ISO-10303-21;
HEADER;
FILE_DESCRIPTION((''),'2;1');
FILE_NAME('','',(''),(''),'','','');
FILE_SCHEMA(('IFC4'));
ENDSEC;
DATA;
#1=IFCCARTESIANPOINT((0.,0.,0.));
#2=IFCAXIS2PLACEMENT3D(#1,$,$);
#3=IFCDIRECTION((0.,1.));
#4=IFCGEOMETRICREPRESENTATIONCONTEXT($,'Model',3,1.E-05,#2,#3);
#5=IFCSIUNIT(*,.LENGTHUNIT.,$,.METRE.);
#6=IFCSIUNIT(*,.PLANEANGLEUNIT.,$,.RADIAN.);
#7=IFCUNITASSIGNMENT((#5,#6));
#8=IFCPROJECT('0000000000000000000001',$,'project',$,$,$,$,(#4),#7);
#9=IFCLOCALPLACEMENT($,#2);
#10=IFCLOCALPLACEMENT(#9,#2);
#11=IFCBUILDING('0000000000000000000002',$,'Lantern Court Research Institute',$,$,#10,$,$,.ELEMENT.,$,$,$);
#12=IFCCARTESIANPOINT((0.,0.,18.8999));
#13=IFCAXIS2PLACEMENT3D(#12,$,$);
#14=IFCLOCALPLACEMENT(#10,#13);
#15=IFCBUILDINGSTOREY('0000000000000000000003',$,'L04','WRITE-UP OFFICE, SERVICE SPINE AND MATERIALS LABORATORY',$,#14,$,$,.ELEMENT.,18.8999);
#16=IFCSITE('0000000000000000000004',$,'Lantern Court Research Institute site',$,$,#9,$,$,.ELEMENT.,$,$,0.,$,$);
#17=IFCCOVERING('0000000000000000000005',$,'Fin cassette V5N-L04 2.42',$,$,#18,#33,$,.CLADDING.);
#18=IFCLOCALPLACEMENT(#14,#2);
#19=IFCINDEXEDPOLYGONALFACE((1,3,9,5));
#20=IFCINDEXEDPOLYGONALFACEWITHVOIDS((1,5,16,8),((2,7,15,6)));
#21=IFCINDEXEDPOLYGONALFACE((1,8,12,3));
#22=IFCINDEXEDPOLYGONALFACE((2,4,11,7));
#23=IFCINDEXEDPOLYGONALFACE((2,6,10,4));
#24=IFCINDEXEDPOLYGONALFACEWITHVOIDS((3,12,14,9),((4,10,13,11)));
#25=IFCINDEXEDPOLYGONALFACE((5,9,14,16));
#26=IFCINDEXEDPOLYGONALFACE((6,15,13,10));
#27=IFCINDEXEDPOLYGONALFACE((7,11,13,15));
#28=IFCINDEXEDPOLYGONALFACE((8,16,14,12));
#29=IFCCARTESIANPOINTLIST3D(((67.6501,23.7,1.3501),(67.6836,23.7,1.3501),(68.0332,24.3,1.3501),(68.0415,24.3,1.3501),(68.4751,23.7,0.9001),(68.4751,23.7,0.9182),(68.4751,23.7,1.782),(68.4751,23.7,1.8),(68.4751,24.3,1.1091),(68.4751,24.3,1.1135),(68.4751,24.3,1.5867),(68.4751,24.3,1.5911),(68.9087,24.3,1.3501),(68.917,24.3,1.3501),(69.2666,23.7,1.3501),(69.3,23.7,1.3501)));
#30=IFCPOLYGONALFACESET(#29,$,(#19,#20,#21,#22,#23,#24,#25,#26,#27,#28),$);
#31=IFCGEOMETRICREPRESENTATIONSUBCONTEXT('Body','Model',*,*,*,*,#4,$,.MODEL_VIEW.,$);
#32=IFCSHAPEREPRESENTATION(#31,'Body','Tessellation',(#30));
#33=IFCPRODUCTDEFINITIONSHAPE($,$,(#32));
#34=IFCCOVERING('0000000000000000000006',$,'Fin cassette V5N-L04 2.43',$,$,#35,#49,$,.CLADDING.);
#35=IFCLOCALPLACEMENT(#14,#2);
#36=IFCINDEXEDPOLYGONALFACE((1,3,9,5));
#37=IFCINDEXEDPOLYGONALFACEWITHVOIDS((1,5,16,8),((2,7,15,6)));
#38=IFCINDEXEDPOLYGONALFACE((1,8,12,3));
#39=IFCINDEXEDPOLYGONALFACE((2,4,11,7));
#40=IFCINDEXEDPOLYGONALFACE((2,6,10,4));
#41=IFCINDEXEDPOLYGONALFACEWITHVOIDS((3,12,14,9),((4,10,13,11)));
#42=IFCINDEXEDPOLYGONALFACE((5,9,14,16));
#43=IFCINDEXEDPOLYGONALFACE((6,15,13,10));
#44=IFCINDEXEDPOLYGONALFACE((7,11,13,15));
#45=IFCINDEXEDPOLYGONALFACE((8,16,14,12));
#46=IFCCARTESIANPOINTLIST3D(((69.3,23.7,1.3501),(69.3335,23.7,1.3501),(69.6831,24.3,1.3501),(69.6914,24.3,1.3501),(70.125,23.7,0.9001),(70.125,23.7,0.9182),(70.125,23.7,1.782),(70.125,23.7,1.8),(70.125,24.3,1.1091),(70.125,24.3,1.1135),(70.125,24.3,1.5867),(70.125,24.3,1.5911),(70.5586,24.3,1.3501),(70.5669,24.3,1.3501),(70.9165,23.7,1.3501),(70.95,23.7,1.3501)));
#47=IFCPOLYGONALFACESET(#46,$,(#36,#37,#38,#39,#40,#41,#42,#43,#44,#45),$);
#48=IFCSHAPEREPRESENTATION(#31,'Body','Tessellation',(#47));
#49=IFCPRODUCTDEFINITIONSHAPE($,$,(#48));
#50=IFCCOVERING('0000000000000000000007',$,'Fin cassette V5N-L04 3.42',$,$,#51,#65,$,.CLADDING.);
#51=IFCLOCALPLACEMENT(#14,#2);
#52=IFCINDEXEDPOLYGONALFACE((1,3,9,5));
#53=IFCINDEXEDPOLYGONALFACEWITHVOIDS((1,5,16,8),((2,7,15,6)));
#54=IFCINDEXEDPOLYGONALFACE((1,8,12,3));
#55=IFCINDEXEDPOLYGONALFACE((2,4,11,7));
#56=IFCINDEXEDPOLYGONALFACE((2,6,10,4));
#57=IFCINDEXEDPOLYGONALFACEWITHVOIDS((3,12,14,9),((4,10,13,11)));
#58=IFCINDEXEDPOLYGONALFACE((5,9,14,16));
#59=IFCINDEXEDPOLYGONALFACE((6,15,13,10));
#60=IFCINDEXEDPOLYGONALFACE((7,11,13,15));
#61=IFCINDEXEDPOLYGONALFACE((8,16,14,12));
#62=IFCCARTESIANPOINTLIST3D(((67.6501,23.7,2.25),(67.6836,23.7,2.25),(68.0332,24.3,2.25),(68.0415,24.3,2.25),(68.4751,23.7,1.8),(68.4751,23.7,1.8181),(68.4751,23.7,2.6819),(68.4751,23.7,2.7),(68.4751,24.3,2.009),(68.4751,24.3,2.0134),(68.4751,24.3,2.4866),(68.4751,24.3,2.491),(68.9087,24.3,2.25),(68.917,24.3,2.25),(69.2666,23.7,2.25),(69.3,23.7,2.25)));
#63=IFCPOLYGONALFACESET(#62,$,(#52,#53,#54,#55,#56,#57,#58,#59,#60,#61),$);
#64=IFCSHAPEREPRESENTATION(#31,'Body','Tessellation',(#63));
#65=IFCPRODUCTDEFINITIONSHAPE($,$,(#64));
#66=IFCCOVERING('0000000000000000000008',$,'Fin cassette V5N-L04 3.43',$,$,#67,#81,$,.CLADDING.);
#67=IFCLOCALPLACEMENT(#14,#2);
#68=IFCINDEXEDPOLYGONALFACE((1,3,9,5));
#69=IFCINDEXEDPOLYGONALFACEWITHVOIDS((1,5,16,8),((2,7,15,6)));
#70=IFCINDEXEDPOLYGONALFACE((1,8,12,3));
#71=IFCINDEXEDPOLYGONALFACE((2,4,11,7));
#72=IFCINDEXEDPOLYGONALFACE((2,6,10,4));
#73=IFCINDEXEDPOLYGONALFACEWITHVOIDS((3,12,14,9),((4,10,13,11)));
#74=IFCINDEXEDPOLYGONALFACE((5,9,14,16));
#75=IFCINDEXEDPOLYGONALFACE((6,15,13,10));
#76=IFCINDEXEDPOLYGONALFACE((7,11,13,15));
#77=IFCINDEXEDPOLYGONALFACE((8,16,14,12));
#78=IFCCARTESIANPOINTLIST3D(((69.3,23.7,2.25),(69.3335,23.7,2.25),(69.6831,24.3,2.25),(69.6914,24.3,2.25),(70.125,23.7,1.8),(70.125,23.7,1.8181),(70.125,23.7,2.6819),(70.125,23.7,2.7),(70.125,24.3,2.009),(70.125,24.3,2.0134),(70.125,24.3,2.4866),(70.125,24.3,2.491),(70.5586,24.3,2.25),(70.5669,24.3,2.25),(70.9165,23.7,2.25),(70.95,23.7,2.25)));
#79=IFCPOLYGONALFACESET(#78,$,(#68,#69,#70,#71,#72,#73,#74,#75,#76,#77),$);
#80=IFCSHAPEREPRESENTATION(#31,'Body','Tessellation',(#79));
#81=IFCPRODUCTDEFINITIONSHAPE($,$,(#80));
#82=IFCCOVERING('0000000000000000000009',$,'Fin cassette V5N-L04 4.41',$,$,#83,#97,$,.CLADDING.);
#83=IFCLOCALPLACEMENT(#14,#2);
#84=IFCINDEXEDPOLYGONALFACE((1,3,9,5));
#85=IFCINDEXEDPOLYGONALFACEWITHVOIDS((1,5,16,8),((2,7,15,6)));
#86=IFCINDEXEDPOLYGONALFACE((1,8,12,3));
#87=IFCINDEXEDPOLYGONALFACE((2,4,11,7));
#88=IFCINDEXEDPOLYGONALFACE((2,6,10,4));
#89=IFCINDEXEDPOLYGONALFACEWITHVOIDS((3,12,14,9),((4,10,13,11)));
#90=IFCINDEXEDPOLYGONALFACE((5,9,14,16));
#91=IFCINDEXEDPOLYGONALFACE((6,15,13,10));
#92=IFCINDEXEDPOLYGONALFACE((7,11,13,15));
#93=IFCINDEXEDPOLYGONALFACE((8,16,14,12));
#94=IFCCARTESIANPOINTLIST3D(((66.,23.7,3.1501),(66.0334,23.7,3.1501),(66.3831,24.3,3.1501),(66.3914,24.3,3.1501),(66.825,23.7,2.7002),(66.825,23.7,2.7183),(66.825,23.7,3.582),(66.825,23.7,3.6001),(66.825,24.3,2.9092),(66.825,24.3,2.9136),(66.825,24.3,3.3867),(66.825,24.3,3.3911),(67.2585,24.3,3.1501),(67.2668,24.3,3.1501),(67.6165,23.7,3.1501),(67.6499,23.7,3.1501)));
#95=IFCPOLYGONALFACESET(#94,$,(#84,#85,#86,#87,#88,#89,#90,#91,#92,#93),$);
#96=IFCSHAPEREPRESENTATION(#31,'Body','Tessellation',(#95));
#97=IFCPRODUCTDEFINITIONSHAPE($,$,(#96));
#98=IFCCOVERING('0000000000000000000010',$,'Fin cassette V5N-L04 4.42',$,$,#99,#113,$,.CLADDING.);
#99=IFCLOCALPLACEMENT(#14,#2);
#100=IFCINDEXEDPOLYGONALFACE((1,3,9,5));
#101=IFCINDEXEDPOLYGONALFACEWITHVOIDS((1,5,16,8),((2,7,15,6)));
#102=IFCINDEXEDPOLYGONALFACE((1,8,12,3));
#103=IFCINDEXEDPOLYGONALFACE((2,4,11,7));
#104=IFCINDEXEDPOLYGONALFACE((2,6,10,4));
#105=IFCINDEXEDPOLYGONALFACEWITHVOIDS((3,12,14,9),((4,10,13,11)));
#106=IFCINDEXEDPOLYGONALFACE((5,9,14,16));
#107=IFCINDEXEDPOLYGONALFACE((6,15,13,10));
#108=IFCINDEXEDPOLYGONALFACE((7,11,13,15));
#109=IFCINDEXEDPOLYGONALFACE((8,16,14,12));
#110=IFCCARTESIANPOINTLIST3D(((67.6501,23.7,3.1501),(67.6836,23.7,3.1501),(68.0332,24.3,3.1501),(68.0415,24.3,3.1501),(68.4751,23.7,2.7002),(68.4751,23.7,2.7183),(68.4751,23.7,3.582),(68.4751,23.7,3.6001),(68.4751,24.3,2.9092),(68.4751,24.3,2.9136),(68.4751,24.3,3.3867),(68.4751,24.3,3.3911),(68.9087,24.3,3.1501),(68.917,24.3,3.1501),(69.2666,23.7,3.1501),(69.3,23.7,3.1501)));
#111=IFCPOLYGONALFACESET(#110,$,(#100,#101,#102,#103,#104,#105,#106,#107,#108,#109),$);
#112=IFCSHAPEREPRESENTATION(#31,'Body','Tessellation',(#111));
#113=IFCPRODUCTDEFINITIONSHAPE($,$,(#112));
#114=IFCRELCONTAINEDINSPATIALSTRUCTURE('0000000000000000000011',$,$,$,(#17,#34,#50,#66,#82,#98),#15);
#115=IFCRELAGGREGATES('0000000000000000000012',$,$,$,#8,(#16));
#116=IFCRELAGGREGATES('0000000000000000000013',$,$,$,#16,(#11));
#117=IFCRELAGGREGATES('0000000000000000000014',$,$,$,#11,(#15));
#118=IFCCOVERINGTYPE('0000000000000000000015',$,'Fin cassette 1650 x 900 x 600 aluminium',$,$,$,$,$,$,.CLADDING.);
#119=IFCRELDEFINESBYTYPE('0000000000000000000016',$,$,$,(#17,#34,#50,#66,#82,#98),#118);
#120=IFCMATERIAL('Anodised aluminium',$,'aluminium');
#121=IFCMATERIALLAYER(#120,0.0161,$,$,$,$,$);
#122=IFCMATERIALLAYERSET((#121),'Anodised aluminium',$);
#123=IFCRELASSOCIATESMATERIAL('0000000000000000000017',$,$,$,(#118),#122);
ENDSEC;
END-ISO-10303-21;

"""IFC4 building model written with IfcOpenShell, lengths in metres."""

from ifc_helpers import new_model, entity, si_unit, direction, frame, origin, place, context, subcontext, project, spatial, material, layer, layer_set, type_object, element, save


model = new_model("IFC4")

# Units and contexts
model_context = context("Model", 3, precision=1e-05, world=origin(), true_north=direction((0.0, 1.0)))
body_context = subcontext(model_context, "Body", "Model", "MODEL_VIEW")
ifc_project = project(units=[si_unit("LENGTHUNIT", "METRE"), si_unit("PLANEANGLEUNIT", "RADIAN")], contexts=[model_context])

# Site, building, storey
site_placement = place(None, origin())
site = spatial("IfcSite", under=ifc_project, at=site_placement, Name="Lantern Court Research Institute site", CompositionType="ELEMENT", RefElevation=0.0)
building_placement = place(site_placement, origin())
building = spatial("IfcBuilding", under=site, at=building_placement, Name="Lantern Court Research Institute", CompositionType="ELEMENT")
storey_placement = place(building_placement, frame((0.0, 0.0, 18.8999)))
storey = spatial("IfcBuildingStorey", under=building, at=storey_placement, Name="L04", Description="WRITE-UP OFFICE, SERVICE SPINE AND MATERIALS LABORATORY", CompositionType="ELEMENT", Elevation=18.8999)

# Coverings
ifc_material_1 = material(Name="Anodised aluminium", Category="aluminium")
ifc_layer_1 = layer(ifc_material_1, 0.0161)
ifc_layer_set_1 = layer_set([ifc_layer_1], Name="Anodised aluminium")
covering_type_1 = type_object("IfcCoveringType", Name="Fin cassette 1650 x 900 x 600 aluminium", PredefinedType="CLADDING", material=ifc_layer_set_1)
covering_1_placement = place(storey_placement, frame((68.4751, 23.7, 1.3501), z_axis=(0.0, 1.0, 0.0), x_axis=(-1.0, 0.0, 0.0)))
cartesian_point_1 = entity("IfcCartesianPoint", [0.825, 0.0])
cartesian_point_2 = entity("IfcCartesianPoint", [0.7915, 0.0])
cartesian_point_3 = entity("IfcCartesianPoint", [0.4419, 0.0])
cartesian_point_4 = entity("IfcCartesianPoint", [0.4336, 0.0])
element("IfcCovering", 1, at=covering_1_placement, inside=storey, type_object=covering_type_1, Name="Fin cassette V5N-L04 2.42", PredefinedType="CLADDING", context=body_context, shape_type="SweptSolid", body=[
    entity("IfcExtrudedAreaSolidTapered", entity("IfcArbitraryProfileDefWithVoids", "AREA", None, entity("IfcPolyline", [cartesian_point_1, entity("IfcCartesianPoint", [0.0, 0.45]), entity("IfcCartesianPoint", [-0.825, 0.0]), entity("IfcCartesianPoint", [0.0, -0.45]), cartesian_point_1]), [entity("IfcPolyline", [cartesian_point_2, entity("IfcCartesianPoint", [0.0, 0.4319]), entity("IfcCartesianPoint", [-0.7915, 0.0]), entity("IfcCartesianPoint", [0.0, -0.4319]), cartesian_point_2])]), entity("IfcAxis2Placement3D", entity("IfcCartesianPoint", [0.0, 0.0, 0.0])), entity("IfcDirection", [0.0, 0.0, 1.0]), 0.6001, entity("IfcArbitraryProfileDefWithVoids", "AREA", None, entity("IfcPolyline", [cartesian_point_3, entity("IfcCartesianPoint", [0.0, 0.241]), entity("IfcCartesianPoint", [-0.4419, 0.0]), entity("IfcCartesianPoint", [0.0, -0.241]), cartesian_point_3]), [entity("IfcPolyline", [cartesian_point_4, entity("IfcCartesianPoint", [0.0, 0.2366]), entity("IfcCartesianPoint", [-0.4336, 0.0]), entity("IfcCartesianPoint", [0.0, -0.2366]), cartesian_point_4])])),
])
covering_2_placement = place(storey_placement, frame((70.125, 23.7, 1.3501), z_axis=(0.0, 1.0, 0.0), x_axis=(-1.0, 0.0, 0.0)))
cartesian_point_5 = entity("IfcCartesianPoint", [0.825, 0.0])
cartesian_point_6 = entity("IfcCartesianPoint", [0.7915, 0.0])
cartesian_point_7 = entity("IfcCartesianPoint", [0.4419, 0.0])
cartesian_point_8 = entity("IfcCartesianPoint", [0.4336, 0.0])
element("IfcCovering", 2, at=covering_2_placement, inside=storey, type_object=covering_type_1, Name="Fin cassette V5N-L04 2.43", PredefinedType="CLADDING", context=body_context, shape_type="SweptSolid", body=[
    entity("IfcExtrudedAreaSolidTapered", entity("IfcArbitraryProfileDefWithVoids", "AREA", None, entity("IfcPolyline", [cartesian_point_5, entity("IfcCartesianPoint", [0.0, 0.45]), entity("IfcCartesianPoint", [-0.825, 0.0]), entity("IfcCartesianPoint", [0.0, -0.45]), cartesian_point_5]), [entity("IfcPolyline", [cartesian_point_6, entity("IfcCartesianPoint", [0.0, 0.4319]), entity("IfcCartesianPoint", [-0.7915, 0.0]), entity("IfcCartesianPoint", [0.0, -0.4319]), cartesian_point_6])]), entity("IfcAxis2Placement3D", entity("IfcCartesianPoint", [0.0, 0.0, 0.0])), entity("IfcDirection", [0.0, 0.0, 1.0]), 0.6001, entity("IfcArbitraryProfileDefWithVoids", "AREA", None, entity("IfcPolyline", [cartesian_point_7, entity("IfcCartesianPoint", [0.0, 0.241]), entity("IfcCartesianPoint", [-0.4419, 0.0]), entity("IfcCartesianPoint", [0.0, -0.241]), cartesian_point_7]), [entity("IfcPolyline", [cartesian_point_8, entity("IfcCartesianPoint", [0.0, 0.2366]), entity("IfcCartesianPoint", [-0.4336, 0.0]), entity("IfcCartesianPoint", [0.0, -0.2366]), cartesian_point_8])])),
])
covering_3_placement = place(storey_placement, frame((68.4751, 23.7, 2.25), z_axis=(0.0, 1.0, 0.0), x_axis=(-1.0, 0.0, 0.0)))
cartesian_point_9 = entity("IfcCartesianPoint", [0.825, 0.0])
cartesian_point_10 = entity("IfcCartesianPoint", [0.7915, 0.0])
cartesian_point_11 = entity("IfcCartesianPoint", [0.4419, 0.0])
cartesian_point_12 = entity("IfcCartesianPoint", [0.4336, 0.0])
element("IfcCovering", 3, at=covering_3_placement, inside=storey, type_object=covering_type_1, Name="Fin cassette V5N-L04 3.42", PredefinedType="CLADDING", context=body_context, shape_type="SweptSolid", body=[
    entity("IfcExtrudedAreaSolidTapered", entity("IfcArbitraryProfileDefWithVoids", "AREA", None, entity("IfcPolyline", [cartesian_point_9, entity("IfcCartesianPoint", [0.0, 0.45]), entity("IfcCartesianPoint", [-0.825, 0.0]), entity("IfcCartesianPoint", [0.0, -0.45]), cartesian_point_9]), [entity("IfcPolyline", [cartesian_point_10, entity("IfcCartesianPoint", [0.0, 0.4319]), entity("IfcCartesianPoint", [-0.7915, 0.0]), entity("IfcCartesianPoint", [0.0, -0.4319]), cartesian_point_10])]), entity("IfcAxis2Placement3D", entity("IfcCartesianPoint", [0.0, 0.0, 0.0])), entity("IfcDirection", [0.0, 0.0, 1.0]), 0.6001, entity("IfcArbitraryProfileDefWithVoids", "AREA", None, entity("IfcPolyline", [cartesian_point_11, entity("IfcCartesianPoint", [0.0, 0.241]), entity("IfcCartesianPoint", [-0.4419, 0.0]), entity("IfcCartesianPoint", [0.0, -0.241]), cartesian_point_11]), [entity("IfcPolyline", [cartesian_point_12, entity("IfcCartesianPoint", [0.0, 0.2366]), entity("IfcCartesianPoint", [-0.4336, 0.0]), entity("IfcCartesianPoint", [0.0, -0.2366]), cartesian_point_12])])),
])
covering_4_placement = place(storey_placement, frame((70.125, 23.7, 2.25), z_axis=(0.0, 1.0, 0.0), x_axis=(-1.0, 0.0, 0.0)))
cartesian_point_13 = entity("IfcCartesianPoint", [0.825, 0.0])
cartesian_point_14 = entity("IfcCartesianPoint", [0.7915, 0.0])
cartesian_point_15 = entity("IfcCartesianPoint", [0.4419, 0.0])
cartesian_point_16 = entity("IfcCartesianPoint", [0.4336, 0.0])
element("IfcCovering", 4, at=covering_4_placement, inside=storey, type_object=covering_type_1, Name="Fin cassette V5N-L04 3.43", PredefinedType="CLADDING", context=body_context, shape_type="SweptSolid", body=[
    entity("IfcExtrudedAreaSolidTapered", entity("IfcArbitraryProfileDefWithVoids", "AREA", None, entity("IfcPolyline", [cartesian_point_13, entity("IfcCartesianPoint", [0.0, 0.45]), entity("IfcCartesianPoint", [-0.825, 0.0]), entity("IfcCartesianPoint", [0.0, -0.45]), cartesian_point_13]), [entity("IfcPolyline", [cartesian_point_14, entity("IfcCartesianPoint", [0.0, 0.4319]), entity("IfcCartesianPoint", [-0.7915, 0.0]), entity("IfcCartesianPoint", [0.0, -0.4319]), cartesian_point_14])]), entity("IfcAxis2Placement3D", entity("IfcCartesianPoint", [0.0, 0.0, 0.0])), entity("IfcDirection", [0.0, 0.0, 1.0]), 0.6001, entity("IfcArbitraryProfileDefWithVoids", "AREA", None, entity("IfcPolyline", [cartesian_point_15, entity("IfcCartesianPoint", [0.0, 0.241]), entity("IfcCartesianPoint", [-0.4419, 0.0]), entity("IfcCartesianPoint", [0.0, -0.241]), cartesian_point_15]), [entity("IfcPolyline", [cartesian_point_16, entity("IfcCartesianPoint", [0.0, 0.2366]), entity("IfcCartesianPoint", [-0.4336, 0.0]), entity("IfcCartesianPoint", [0.0, -0.2366]), cartesian_point_16])])),
])
covering_5_placement = place(storey_placement, frame((66.825, 23.7, 3.1501), z_axis=(0.0, 1.0, 0.0), x_axis=(-1.0, 0.0, 0.0)))
cartesian_point_17 = entity("IfcCartesianPoint", [0.825, 0.0])
cartesian_point_18 = entity("IfcCartesianPoint", [0.7915, 0.0])
cartesian_point_19 = entity("IfcCartesianPoint", [0.4419, 0.0])
cartesian_point_20 = entity("IfcCartesianPoint", [0.4336, 0.0])
element("IfcCovering", 5, at=covering_5_placement, inside=storey, type_object=covering_type_1, Name="Fin cassette V5N-L04 4.41", PredefinedType="CLADDING", context=body_context, shape_type="SweptSolid", body=[
    entity("IfcExtrudedAreaSolidTapered", entity("IfcArbitraryProfileDefWithVoids", "AREA", None, entity("IfcPolyline", [cartesian_point_17, entity("IfcCartesianPoint", [0.0, 0.45]), entity("IfcCartesianPoint", [-0.825, 0.0]), entity("IfcCartesianPoint", [0.0, -0.45]), cartesian_point_17]), [entity("IfcPolyline", [cartesian_point_18, entity("IfcCartesianPoint", [0.0, 0.4319]), entity("IfcCartesianPoint", [-0.7915, 0.0]), entity("IfcCartesianPoint", [0.0, -0.4319]), cartesian_point_18])]), entity("IfcAxis2Placement3D", entity("IfcCartesianPoint", [0.0, 0.0, 0.0])), entity("IfcDirection", [0.0, 0.0, 1.0]), 0.6001, entity("IfcArbitraryProfileDefWithVoids", "AREA", None, entity("IfcPolyline", [cartesian_point_19, entity("IfcCartesianPoint", [0.0, 0.241]), entity("IfcCartesianPoint", [-0.4419, 0.0]), entity("IfcCartesianPoint", [0.0, -0.241]), cartesian_point_19]), [entity("IfcPolyline", [cartesian_point_20, entity("IfcCartesianPoint", [0.0, 0.2366]), entity("IfcCartesianPoint", [-0.4336, 0.0]), entity("IfcCartesianPoint", [0.0, -0.2366]), cartesian_point_20])])),
])
covering_6_placement = place(storey_placement, frame((68.4751, 23.7, 3.1501), z_axis=(0.0, 1.0, 0.0), x_axis=(-1.0, 0.0, 0.0)))
cartesian_point_21 = entity("IfcCartesianPoint", [0.825, 0.0])
cartesian_point_22 = entity("IfcCartesianPoint", [0.7915, 0.0])
cartesian_point_23 = entity("IfcCartesianPoint", [0.4419, 0.0])
cartesian_point_24 = entity("IfcCartesianPoint", [0.4336, 0.0])
element("IfcCovering", 6, at=covering_6_placement, inside=storey, type_object=covering_type_1, Name="Fin cassette V5N-L04 4.42", PredefinedType="CLADDING", context=body_context, shape_type="SweptSolid", body=[
    entity("IfcExtrudedAreaSolidTapered", entity("IfcArbitraryProfileDefWithVoids", "AREA", None, entity("IfcPolyline", [cartesian_point_21, entity("IfcCartesianPoint", [0.0, 0.45]), entity("IfcCartesianPoint", [-0.825, 0.0]), entity("IfcCartesianPoint", [0.0, -0.45]), cartesian_point_21]), [entity("IfcPolyline", [cartesian_point_22, entity("IfcCartesianPoint", [0.0, 0.4319]), entity("IfcCartesianPoint", [-0.7915, 0.0]), entity("IfcCartesianPoint", [0.0, -0.4319]), cartesian_point_22])]), entity("IfcAxis2Placement3D", entity("IfcCartesianPoint", [0.0, 0.0, 0.0])), entity("IfcDirection", [0.0, 0.0, 1.0]), 0.6001, entity("IfcArbitraryProfileDefWithVoids", "AREA", None, entity("IfcPolyline", [cartesian_point_23, entity("IfcCartesianPoint", [0.0, 0.241]), entity("IfcCartesianPoint", [-0.4419, 0.0]), entity("IfcCartesianPoint", [0.0, -0.241]), cartesian_point_23]), [entity("IfcPolyline", [cartesian_point_24, entity("IfcCartesianPoint", [0.0, 0.2366]), entity("IfcCartesianPoint", [-0.4336, 0.0]), entity("IfcCartesianPoint", [0.0, -0.2366]), cartesian_point_24])])),
])

save(model, "model.ifc")
